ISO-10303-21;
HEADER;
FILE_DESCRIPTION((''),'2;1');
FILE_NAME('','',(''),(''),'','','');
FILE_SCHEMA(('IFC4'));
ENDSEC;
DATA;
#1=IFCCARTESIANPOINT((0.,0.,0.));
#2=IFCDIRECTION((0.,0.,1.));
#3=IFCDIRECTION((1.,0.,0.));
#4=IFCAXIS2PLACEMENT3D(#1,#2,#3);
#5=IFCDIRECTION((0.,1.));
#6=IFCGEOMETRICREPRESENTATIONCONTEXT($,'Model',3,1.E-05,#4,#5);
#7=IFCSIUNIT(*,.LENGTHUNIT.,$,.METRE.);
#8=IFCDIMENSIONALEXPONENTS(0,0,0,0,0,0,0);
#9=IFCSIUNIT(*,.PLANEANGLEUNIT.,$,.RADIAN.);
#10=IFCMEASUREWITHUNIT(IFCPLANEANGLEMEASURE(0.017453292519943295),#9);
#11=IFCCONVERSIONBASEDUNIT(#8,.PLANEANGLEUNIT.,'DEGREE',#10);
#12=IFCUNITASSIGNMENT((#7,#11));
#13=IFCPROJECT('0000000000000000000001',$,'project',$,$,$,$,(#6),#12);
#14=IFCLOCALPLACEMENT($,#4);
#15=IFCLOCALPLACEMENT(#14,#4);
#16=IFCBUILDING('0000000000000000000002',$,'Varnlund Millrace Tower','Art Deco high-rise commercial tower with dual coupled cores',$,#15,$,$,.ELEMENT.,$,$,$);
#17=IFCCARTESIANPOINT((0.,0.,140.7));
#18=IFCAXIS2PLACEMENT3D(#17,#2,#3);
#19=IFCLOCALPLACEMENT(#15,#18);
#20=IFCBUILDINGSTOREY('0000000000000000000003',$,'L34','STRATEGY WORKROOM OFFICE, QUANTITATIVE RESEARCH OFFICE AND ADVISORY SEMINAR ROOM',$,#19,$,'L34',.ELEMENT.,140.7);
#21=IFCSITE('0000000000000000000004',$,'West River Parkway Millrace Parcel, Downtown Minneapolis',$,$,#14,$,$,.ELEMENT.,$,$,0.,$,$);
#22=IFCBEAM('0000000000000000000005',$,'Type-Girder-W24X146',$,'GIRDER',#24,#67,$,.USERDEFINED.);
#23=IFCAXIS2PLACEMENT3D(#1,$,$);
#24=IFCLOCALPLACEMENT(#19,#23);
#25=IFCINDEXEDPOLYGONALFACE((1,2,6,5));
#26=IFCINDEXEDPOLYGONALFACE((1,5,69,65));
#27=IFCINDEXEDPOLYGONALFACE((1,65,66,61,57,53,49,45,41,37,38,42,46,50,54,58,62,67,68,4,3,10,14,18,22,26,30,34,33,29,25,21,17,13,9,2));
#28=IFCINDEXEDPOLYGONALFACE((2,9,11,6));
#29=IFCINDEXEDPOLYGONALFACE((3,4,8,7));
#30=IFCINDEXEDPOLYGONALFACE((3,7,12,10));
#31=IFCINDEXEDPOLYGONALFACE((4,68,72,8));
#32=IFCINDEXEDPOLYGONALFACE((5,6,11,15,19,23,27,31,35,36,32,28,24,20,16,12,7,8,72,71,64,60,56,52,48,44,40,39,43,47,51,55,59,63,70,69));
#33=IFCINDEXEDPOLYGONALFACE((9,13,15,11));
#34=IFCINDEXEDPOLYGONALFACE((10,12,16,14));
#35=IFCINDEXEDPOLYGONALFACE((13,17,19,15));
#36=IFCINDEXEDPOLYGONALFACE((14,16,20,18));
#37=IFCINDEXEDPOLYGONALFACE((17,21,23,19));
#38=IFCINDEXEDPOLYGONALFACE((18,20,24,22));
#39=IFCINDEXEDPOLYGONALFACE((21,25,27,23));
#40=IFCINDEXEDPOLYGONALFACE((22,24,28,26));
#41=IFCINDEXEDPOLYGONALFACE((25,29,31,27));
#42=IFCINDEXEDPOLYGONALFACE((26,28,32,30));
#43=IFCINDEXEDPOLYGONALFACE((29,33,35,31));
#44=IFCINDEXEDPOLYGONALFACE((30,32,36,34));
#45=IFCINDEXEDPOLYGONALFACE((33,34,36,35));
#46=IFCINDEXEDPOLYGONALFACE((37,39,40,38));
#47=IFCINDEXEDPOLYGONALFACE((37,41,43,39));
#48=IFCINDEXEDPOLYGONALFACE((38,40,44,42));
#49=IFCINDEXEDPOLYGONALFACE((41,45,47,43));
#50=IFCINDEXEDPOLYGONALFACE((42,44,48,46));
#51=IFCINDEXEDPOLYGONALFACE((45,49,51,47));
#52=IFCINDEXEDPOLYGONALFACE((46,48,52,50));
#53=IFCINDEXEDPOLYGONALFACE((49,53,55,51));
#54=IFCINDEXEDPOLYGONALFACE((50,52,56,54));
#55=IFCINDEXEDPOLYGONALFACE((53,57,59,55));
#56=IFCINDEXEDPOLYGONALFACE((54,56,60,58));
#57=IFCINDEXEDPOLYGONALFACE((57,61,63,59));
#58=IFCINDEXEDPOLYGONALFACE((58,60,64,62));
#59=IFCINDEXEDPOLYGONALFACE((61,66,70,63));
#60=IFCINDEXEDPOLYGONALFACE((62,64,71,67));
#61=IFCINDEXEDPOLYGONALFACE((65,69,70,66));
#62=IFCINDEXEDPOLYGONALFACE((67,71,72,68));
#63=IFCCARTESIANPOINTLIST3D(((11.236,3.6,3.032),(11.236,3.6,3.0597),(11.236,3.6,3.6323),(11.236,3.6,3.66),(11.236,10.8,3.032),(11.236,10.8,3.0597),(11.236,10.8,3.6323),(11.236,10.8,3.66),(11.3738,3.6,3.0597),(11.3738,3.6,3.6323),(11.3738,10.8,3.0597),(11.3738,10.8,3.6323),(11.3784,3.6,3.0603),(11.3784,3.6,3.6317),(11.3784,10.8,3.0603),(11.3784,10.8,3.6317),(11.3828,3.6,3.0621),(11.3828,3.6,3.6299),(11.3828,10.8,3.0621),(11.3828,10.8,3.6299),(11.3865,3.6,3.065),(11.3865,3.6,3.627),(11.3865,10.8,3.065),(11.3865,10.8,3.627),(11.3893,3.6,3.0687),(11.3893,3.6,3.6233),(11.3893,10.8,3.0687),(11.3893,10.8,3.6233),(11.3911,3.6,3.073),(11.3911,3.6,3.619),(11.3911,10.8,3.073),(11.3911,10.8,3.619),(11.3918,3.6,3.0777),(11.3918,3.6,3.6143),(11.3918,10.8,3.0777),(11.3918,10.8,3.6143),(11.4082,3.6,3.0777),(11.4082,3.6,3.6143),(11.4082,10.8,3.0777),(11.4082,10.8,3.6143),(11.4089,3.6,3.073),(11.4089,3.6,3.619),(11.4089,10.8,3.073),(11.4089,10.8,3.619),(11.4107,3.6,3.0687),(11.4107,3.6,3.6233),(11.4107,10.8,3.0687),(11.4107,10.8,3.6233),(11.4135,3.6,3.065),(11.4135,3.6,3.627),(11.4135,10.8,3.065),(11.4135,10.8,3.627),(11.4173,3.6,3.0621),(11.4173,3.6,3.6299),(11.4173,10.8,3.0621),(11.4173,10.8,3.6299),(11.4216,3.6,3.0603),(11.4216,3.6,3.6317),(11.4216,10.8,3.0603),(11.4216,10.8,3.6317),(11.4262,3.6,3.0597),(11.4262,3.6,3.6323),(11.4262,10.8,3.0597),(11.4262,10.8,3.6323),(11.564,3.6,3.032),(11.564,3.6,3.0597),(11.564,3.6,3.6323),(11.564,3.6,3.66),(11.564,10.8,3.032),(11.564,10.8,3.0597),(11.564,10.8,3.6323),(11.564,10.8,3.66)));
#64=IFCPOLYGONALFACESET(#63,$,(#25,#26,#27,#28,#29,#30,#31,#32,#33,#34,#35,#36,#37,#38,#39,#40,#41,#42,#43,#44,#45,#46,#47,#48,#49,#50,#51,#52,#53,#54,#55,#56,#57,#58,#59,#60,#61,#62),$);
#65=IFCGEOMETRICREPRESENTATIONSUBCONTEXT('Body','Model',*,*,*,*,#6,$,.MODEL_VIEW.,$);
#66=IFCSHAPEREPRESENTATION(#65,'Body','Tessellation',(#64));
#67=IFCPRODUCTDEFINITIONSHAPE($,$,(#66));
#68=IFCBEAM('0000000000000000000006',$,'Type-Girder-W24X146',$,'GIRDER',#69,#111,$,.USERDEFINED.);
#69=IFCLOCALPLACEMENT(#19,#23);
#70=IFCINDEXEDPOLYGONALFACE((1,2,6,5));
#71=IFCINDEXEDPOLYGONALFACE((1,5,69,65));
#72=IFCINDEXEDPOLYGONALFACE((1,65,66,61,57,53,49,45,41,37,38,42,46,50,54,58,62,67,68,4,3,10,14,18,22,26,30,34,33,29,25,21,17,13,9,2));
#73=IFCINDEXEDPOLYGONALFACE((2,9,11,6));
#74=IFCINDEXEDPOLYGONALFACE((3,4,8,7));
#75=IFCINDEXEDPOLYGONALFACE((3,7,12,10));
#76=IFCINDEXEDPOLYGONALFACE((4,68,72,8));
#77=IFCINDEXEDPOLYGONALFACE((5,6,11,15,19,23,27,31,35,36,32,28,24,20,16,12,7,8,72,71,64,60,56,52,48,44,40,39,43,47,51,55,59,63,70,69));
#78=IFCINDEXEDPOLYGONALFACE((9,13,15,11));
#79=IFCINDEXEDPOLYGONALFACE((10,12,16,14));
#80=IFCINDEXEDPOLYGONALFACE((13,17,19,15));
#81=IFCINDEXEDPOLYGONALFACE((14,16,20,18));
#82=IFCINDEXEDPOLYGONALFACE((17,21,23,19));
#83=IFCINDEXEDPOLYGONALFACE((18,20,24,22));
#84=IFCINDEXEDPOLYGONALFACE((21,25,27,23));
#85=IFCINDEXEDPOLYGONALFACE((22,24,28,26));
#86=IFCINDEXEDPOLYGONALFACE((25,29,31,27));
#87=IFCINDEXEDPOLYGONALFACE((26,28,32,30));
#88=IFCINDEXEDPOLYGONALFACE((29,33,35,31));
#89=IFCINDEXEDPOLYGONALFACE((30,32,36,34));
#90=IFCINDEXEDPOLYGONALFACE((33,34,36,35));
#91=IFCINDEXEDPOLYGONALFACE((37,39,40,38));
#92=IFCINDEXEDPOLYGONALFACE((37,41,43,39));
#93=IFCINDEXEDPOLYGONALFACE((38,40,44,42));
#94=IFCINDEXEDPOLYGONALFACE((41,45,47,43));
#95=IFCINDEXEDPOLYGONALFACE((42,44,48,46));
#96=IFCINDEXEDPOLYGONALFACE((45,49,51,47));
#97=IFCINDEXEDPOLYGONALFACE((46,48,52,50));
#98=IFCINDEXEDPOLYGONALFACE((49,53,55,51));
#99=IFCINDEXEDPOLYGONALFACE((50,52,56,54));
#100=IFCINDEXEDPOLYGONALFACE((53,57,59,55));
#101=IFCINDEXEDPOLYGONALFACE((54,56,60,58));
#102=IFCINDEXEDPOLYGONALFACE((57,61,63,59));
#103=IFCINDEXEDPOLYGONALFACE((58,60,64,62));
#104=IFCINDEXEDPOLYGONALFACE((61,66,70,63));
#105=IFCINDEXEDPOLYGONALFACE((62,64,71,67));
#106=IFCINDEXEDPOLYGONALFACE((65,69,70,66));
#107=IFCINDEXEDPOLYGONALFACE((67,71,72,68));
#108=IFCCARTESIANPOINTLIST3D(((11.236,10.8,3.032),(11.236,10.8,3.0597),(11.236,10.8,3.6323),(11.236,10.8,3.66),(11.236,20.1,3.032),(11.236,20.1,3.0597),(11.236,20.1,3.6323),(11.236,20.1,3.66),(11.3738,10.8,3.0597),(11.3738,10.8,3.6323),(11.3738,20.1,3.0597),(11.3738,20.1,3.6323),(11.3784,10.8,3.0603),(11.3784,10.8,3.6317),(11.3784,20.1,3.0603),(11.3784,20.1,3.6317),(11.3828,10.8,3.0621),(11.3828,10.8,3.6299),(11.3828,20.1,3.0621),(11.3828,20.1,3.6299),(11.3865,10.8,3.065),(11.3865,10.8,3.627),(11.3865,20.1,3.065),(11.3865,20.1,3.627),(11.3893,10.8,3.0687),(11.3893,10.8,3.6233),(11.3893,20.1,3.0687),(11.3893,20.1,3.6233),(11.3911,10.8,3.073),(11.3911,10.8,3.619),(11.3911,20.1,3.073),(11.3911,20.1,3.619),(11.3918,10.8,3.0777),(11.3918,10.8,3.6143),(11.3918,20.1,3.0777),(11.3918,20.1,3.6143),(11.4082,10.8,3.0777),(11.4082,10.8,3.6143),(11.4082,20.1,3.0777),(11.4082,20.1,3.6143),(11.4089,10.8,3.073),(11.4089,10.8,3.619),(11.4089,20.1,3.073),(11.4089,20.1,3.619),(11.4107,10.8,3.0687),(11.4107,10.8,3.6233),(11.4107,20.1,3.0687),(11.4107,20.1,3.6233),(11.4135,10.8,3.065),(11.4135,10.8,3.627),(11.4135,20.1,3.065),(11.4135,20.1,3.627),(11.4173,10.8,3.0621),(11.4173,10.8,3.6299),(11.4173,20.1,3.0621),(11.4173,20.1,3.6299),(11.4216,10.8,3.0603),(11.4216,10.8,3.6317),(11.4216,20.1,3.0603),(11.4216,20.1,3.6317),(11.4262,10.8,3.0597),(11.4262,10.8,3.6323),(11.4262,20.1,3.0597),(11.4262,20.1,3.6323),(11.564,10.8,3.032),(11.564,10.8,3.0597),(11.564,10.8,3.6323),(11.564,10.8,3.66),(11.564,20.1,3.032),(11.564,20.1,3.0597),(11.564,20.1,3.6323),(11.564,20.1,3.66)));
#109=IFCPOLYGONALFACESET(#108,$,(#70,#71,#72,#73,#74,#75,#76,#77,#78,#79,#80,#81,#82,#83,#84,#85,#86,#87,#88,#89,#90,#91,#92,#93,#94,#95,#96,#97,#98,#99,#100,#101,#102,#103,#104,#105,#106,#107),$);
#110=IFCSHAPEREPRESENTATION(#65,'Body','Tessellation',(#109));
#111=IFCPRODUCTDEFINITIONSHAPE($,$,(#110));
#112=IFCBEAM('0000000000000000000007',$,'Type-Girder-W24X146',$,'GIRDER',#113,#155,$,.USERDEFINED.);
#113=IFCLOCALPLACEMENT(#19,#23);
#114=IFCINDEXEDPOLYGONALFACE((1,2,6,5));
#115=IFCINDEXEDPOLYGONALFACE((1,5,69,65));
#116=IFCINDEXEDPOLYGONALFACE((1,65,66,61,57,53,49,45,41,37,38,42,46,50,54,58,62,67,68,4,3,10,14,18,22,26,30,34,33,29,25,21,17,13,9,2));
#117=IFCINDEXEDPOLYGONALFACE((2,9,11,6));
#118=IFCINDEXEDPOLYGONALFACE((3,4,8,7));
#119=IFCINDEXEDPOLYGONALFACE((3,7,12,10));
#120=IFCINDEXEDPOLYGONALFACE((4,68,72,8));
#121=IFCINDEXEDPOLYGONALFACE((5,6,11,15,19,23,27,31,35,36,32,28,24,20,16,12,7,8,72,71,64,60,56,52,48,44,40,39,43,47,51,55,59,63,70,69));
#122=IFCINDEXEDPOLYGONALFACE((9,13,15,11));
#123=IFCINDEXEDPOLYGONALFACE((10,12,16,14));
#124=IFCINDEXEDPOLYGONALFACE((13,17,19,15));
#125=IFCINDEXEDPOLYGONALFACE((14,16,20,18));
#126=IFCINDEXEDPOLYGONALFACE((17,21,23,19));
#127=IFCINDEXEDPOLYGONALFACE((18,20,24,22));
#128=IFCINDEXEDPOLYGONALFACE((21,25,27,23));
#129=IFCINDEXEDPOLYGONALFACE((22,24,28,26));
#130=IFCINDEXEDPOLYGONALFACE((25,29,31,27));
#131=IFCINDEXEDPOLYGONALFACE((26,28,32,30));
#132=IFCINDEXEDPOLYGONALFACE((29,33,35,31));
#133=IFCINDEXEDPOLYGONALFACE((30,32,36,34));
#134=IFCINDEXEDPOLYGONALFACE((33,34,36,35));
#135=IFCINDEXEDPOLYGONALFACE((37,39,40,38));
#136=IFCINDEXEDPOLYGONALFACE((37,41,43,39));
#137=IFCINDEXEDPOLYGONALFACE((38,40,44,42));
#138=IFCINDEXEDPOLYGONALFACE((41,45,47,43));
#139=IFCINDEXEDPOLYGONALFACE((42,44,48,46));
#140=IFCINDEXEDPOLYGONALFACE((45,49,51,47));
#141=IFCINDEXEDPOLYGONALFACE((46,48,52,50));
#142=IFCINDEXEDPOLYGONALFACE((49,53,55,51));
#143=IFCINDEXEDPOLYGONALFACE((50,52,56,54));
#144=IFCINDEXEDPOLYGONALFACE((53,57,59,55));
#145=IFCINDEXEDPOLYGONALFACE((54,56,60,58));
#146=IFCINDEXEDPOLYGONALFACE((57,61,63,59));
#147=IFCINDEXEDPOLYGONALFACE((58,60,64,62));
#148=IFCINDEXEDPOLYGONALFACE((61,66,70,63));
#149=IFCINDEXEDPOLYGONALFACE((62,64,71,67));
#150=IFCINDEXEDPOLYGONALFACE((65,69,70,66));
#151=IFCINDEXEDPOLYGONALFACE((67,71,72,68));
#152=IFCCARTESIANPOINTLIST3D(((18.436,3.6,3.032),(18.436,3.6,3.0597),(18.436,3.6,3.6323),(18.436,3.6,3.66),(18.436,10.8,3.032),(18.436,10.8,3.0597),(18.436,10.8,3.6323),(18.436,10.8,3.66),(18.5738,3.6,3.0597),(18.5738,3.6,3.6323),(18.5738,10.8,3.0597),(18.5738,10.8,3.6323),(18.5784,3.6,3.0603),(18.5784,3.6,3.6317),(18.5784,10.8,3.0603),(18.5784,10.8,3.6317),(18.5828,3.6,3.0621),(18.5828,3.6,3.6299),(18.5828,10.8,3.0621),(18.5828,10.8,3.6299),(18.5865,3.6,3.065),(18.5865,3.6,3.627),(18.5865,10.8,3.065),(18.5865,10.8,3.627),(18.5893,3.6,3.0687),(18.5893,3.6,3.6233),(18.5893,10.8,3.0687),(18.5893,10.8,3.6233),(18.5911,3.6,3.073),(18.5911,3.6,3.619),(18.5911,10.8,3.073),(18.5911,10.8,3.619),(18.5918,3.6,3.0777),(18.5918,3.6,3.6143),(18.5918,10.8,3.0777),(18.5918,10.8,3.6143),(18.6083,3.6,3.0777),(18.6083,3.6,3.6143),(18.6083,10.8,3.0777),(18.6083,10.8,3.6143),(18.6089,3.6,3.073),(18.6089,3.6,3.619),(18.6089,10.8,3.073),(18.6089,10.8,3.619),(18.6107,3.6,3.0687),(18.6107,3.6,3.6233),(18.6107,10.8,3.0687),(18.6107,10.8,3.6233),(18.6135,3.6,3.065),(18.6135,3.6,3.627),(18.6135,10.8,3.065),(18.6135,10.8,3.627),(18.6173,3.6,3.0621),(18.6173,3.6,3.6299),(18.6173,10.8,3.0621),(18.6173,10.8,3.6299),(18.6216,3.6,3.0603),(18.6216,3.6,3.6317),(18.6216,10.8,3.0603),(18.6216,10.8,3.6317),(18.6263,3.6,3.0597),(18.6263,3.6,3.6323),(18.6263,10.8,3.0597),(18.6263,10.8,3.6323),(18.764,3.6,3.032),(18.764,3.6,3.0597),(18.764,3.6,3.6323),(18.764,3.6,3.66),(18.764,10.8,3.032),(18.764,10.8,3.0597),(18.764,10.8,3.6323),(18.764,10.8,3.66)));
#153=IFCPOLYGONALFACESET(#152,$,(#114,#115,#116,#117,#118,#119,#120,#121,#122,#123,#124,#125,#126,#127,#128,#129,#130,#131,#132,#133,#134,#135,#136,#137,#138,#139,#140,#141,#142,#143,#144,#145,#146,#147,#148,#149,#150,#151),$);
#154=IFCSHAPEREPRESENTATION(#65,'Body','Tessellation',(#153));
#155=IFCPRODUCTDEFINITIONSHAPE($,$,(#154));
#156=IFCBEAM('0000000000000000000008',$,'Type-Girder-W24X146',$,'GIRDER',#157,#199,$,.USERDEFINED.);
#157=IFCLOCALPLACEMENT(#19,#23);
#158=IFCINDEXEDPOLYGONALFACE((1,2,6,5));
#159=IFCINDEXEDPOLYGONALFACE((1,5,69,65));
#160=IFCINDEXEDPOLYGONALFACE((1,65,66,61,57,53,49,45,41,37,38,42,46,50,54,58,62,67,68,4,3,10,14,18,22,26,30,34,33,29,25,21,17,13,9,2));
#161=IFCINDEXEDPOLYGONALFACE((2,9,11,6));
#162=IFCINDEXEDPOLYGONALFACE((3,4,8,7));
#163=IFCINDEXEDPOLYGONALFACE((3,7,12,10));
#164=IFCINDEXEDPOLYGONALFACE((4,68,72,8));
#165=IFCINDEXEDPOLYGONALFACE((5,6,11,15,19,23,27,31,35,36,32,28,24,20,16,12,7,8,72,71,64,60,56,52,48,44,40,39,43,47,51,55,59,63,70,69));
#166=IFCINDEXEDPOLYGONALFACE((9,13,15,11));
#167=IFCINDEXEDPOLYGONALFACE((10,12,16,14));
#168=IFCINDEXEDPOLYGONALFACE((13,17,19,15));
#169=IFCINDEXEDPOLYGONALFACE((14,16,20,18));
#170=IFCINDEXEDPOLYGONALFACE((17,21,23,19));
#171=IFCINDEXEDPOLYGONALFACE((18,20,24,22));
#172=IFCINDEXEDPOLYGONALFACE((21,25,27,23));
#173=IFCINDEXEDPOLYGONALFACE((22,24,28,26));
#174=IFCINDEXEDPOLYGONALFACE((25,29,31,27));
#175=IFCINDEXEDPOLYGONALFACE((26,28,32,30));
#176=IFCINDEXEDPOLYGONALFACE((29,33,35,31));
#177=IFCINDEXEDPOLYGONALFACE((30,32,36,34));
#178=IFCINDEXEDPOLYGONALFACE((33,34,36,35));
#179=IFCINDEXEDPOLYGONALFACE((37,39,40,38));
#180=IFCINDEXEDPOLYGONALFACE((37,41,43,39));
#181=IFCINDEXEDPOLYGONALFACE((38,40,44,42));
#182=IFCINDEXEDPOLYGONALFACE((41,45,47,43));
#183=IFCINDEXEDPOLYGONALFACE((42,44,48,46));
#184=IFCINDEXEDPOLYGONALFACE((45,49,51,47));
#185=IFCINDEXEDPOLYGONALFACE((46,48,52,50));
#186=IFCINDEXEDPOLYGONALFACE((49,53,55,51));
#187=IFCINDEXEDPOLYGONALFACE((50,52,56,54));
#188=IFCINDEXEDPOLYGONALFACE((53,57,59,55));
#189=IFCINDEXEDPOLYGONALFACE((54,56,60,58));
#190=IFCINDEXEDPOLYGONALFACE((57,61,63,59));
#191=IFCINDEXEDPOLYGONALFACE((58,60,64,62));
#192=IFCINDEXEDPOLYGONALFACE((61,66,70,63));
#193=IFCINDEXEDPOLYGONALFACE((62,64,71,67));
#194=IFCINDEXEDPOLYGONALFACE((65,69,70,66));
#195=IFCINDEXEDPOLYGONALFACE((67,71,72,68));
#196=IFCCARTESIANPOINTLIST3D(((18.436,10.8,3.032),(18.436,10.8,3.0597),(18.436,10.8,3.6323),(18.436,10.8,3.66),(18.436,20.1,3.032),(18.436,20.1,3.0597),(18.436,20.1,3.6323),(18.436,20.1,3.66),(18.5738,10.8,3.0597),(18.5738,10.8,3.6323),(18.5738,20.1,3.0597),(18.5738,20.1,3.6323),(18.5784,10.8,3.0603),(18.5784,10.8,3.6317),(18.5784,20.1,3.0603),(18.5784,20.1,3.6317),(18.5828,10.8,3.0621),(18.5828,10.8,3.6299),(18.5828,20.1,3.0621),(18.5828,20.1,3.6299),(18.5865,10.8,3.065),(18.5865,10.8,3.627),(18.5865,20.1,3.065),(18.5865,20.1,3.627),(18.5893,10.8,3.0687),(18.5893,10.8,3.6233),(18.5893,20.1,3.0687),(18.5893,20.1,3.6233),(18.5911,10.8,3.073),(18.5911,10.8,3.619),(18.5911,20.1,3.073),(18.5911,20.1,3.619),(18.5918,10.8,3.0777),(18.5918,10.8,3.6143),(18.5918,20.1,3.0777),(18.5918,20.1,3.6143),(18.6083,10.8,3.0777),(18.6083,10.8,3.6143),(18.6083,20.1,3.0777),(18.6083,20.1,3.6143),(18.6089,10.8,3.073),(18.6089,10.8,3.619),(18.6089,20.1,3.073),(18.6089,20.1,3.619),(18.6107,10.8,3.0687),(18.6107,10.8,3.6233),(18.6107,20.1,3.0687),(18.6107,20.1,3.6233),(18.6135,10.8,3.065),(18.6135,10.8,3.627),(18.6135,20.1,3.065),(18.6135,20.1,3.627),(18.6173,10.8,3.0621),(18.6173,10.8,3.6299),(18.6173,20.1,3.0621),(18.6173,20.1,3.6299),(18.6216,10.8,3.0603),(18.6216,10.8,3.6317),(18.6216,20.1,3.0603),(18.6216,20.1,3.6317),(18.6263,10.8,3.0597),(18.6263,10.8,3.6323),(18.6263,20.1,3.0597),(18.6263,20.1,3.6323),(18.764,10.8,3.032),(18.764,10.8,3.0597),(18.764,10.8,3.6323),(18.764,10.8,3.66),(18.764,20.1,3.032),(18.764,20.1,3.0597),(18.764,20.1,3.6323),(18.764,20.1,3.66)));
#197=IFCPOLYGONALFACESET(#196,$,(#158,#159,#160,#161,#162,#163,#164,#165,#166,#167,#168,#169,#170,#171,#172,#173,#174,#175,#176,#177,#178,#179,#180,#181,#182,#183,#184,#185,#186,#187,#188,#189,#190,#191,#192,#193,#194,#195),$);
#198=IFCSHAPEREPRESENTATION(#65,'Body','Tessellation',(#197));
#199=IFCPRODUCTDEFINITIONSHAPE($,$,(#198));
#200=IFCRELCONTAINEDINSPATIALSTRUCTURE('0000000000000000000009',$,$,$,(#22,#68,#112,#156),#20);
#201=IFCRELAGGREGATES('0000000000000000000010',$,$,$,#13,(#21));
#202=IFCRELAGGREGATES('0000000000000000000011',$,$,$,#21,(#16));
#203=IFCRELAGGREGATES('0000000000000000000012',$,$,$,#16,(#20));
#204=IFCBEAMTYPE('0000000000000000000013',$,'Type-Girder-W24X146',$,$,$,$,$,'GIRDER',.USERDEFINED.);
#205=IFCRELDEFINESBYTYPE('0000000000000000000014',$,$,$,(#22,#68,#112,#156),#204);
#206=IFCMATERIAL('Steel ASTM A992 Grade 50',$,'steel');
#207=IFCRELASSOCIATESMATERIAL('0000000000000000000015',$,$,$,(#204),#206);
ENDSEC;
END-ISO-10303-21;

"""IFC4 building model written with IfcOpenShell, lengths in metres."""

from ifc_helpers import new_model, entity, si_unit, converted_unit, direction, frame, origin_with_axes, origin_2d_with_axis, place, context, subcontext, project, spatial, i_section, extrude, material, material_profile, profile_set, type_object, element, save


model = new_model("IFC4")

# Units and contexts
model_context = context("Model", 3, precision=1e-05, world=origin_with_axes(), true_north=direction((0.0, 1.0)))
body_context = subcontext(model_context, "Body", "Model", "MODEL_VIEW")
ifc_project = project(units=[si_unit("LENGTHUNIT", "METRE"), converted_unit("PLANEANGLEUNIT", "DEGREE", entity("IfcPlaneAngleMeasure", 0.017453292519943295), si_unit("PLANEANGLEUNIT", "RADIAN"), dimensions=[0, 0, 0, 0, 0, 0, 0])], contexts=[model_context])

# Site, building, storey
site_placement = place(None, origin_with_axes())
site = spatial("IfcSite", under=ifc_project, at=site_placement, Name="West River Parkway Millrace Parcel, Downtown Minneapolis", CompositionType="ELEMENT", RefElevation=0.0)
building_placement = place(site_placement, origin_with_axes())
building = spatial("IfcBuilding", under=site, at=building_placement, Name="Varnlund Millrace Tower", Description="Art Deco high-rise commercial tower with dual coupled cores", CompositionType="ELEMENT")
storey_placement = place(building_placement, frame((0.0, 0.0, 140.7), z_axis=(0.0, 0.0, 1.0), x_axis=(1.0, 0.0, 0.0)))
storey = spatial("IfcBuildingStorey", under=building, at=storey_placement, Name="L34", Description="STRATEGY WORKROOM OFFICE, QUANTITATIVE RESEARCH OFFICE AND ADVISORY SEMINAR ROOM", LongName="L34", CompositionType="ELEMENT", Elevation=140.7)

# Beams
ifc_material_1 = material(Name="Steel ASTM A992 Grade 50", Category="steel")
ifc_material_profile_1 = material_profile(ifc_material_1, i_section(OverallWidth=0.328, OverallDepth=0.628, WebThickness=0.0165, FlangeThickness=0.0277, FilletRadius=0.018, at=origin_2d_with_axis()), Name="Steel ASTM A992 Grade 50")
ifc_profile_set_1 = profile_set([ifc_material_profile_1], Name="Steel ASTM A992 Grade 50")
beam_type_1 = type_object("IfcBeamType", Name="Type-Girder-W24X146", ElementType="GIRDER", PredefinedType="USERDEFINED", material=ifc_profile_set_1)
beam_1_placement = place(storey_placement, frame((11.4, 3.6, 3.346), z_axis=(0.0, 1.0, 0.0), x_axis=(-1.0, 0.0, 0.0)))
element("IfcBeam", 1, at=beam_1_placement, inside=storey, type_object=beam_type_1, Name="Type-Girder-W24X146", ObjectType="GIRDER", PredefinedType="USERDEFINED", context=body_context, shape_type="SweptSolid", body=[
    extrude(i_section(OverallWidth=0.328, OverallDepth=0.628, WebThickness=0.0165, FlangeThickness=0.0277, FilletRadius=0.018, at=origin_2d_with_axis()), origin_with_axes(), (0.0, 0.0, 1.0), 7.2),
])
beam_2_placement = place(storey_placement, frame((11.4, 10.8, 3.346), z_axis=(0.0, 1.0, 0.0), x_axis=(-1.0, 0.0, 0.0)))
element("IfcBeam", 2, at=beam_2_placement, inside=storey, type_object=beam_type_1, Name="Type-Girder-W24X146", ObjectType="GIRDER", PredefinedType="USERDEFINED", context=body_context, shape_type="SweptSolid", body=[
    extrude(i_section(OverallWidth=0.328, OverallDepth=0.628, WebThickness=0.0165, FlangeThickness=0.0277, FilletRadius=0.018, at=origin_2d_with_axis()), origin_with_axes(), (0.0, 0.0, 1.0), 9.3),
])
beam_3_placement = place(storey_placement, frame((18.6, 3.6, 3.346), z_axis=(0.0, 1.0, 0.0), x_axis=(-1.0, 0.0, 0.0)))
element("IfcBeam", 3, at=beam_3_placement, inside=storey, type_object=beam_type_1, Name="Type-Girder-W24X146", ObjectType="GIRDER", PredefinedType="USERDEFINED", context=body_context, shape_type="SweptSolid", body=[
    extrude(i_section(OverallWidth=0.328, OverallDepth=0.628, WebThickness=0.0165, FlangeThickness=0.0277, FilletRadius=0.018, at=origin_2d_with_axis()), origin_with_axes(), (0.0, 0.0, 1.0), 7.2),
])
beam_4_placement = place(storey_placement, frame((18.6, 10.8, 3.346), z_axis=(0.0, 1.0, 0.0), x_axis=(-1.0, 0.0, 0.0)))
element("IfcBeam", 4, at=beam_4_placement, inside=storey, type_object=beam_type_1, Name="Type-Girder-W24X146", ObjectType="GIRDER", PredefinedType="USERDEFINED", context=body_context, shape_type="SweptSolid", body=[
    extrude(i_section(OverallWidth=0.328, OverallDepth=0.628, WebThickness=0.0165, FlangeThickness=0.0277, FilletRadius=0.018, at=origin_2d_with_axis()), origin_with_axes(), (0.0, 0.0, 1.0), 9.3),
])

save(model, "model.ifc")
